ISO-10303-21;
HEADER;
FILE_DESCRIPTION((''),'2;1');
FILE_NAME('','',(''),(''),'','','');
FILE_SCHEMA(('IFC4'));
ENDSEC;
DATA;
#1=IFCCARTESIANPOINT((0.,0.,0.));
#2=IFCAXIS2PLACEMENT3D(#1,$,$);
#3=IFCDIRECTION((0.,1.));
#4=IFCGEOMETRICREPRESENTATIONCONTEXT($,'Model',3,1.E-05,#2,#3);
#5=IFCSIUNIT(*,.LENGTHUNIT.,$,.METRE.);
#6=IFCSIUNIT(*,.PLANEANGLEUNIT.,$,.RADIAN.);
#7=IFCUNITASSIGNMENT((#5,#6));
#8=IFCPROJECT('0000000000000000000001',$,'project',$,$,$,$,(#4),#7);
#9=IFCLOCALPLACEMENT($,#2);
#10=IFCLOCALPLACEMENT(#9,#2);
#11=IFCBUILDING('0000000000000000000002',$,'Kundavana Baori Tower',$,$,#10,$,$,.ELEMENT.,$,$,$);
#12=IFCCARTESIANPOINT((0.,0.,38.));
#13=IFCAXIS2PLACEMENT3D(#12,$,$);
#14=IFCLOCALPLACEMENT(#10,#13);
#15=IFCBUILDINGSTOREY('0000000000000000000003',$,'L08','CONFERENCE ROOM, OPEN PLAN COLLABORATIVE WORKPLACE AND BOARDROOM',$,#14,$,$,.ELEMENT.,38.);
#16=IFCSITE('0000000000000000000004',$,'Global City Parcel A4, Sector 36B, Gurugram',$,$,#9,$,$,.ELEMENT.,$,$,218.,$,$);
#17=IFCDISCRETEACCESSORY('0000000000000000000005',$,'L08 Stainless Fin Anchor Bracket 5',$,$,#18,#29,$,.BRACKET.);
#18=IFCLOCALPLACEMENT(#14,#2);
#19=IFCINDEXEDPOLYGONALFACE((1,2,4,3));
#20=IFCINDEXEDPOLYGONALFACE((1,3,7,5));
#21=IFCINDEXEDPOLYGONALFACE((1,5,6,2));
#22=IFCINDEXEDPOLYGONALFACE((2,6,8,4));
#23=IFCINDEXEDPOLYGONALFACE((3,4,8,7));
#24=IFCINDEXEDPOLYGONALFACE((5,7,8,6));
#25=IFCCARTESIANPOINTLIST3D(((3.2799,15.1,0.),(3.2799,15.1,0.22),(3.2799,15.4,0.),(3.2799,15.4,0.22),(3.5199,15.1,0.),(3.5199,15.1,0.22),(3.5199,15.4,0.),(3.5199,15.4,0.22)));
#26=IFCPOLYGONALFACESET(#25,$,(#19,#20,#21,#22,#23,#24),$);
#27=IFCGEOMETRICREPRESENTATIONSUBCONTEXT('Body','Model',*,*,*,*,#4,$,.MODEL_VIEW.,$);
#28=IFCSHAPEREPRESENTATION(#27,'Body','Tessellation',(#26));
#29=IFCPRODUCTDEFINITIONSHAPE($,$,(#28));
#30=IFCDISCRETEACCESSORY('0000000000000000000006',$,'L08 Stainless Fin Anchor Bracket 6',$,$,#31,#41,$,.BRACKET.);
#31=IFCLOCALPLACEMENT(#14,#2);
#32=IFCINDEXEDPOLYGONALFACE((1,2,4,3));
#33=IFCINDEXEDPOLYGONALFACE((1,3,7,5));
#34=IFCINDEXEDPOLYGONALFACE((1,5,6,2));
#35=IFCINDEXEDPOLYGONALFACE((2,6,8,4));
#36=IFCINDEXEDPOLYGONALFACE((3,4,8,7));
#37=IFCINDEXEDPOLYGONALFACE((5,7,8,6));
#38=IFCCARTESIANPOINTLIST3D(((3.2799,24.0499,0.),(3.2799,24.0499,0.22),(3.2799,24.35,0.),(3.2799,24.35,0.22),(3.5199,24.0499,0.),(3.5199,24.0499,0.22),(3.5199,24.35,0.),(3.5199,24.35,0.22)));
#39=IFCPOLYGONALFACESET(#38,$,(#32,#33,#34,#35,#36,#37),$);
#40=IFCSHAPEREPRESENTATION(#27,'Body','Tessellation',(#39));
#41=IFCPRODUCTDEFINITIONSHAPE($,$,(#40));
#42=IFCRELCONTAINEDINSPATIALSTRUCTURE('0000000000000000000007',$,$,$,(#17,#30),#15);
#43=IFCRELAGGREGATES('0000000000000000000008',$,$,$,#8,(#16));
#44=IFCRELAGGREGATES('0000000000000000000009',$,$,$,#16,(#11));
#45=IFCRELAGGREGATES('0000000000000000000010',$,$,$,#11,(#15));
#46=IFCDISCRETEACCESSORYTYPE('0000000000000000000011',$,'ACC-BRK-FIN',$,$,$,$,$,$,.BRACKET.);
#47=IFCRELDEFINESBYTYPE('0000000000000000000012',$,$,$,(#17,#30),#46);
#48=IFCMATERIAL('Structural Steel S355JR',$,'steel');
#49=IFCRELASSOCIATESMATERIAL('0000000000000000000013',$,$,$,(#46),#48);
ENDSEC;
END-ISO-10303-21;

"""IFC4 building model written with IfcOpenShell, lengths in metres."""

from ifc_helpers import new_model, si_unit, direction, frame, origin, origin_2d, place, context, subcontext, project, spatial, rectangle, extrude, material, type_object, element, save


model = new_model("IFC4")

# Units and contexts
model_context = context("Model", 3, precision=1e-05, world=origin(), true_north=direction((0.0, 1.0)))
body_context = subcontext(model_context, "Body", "Model", "MODEL_VIEW")
ifc_project = project(units=[si_unit("LENGTHUNIT", "METRE"), si_unit("PLANEANGLEUNIT", "RADIAN")], contexts=[model_context])

# Site, building, storey
site_placement = place(None, origin())
site = spatial("IfcSite", under=ifc_project, at=site_placement, Name="Global City Parcel A4, Sector 36B, Gurugram", CompositionType="ELEMENT", RefElevation=218.0)
building_placement = place(site_placement, origin())
building = spatial("IfcBuilding", under=site, at=building_placement, Name="Kundavana Baori Tower", CompositionType="ELEMENT")
storey_placement = place(building_placement, frame((0.0, 0.0, 38.0)))
storey = spatial("IfcBuildingStorey", under=building, at=storey_placement, Name="L08", Description="CONFERENCE ROOM, OPEN PLAN COLLABORATIVE WORKPLACE AND BOARDROOM", CompositionType="ELEMENT", Elevation=38.0)

# Discrete accessories
ifc_material_1 = material(Name="Structural Steel S355JR", Category="steel")
discrete_accessory_type = type_object("IfcDiscreteAccessoryType", Name="ACC-BRK-FIN", PredefinedType="BRACKET", material=ifc_material_1)
for number, where, z_axis, x_axis, name in (
    (1, (3.3999, 15.25, 0.0), (0.0, 0.0, 1.0), (1.0, 0.0, 0.0), "L08 Stainless Fin Anchor Bracket 5"),
    (2, (3.3999, 24.2, 0.0), (0.0, 0.0, 1.0), (1.0, 0.0, 0.0), "L08 Stainless Fin Anchor Bracket 6"),
):
    element("IfcDiscreteAccessory", number, at=place(storey_placement, frame(where, z_axis=z_axis, x_axis=x_axis)), inside=storey, type_object=discrete_accessory_type, Name=name, PredefinedType="BRACKET", context=body_context, shape_type="SweptSolid", body=[
        extrude(rectangle(XDim=0.24, YDim=0.3, at=origin_2d()), origin(), (0.0, 0.0, 1.0), 0.22),
    ])

save(model, "model.ifc")
